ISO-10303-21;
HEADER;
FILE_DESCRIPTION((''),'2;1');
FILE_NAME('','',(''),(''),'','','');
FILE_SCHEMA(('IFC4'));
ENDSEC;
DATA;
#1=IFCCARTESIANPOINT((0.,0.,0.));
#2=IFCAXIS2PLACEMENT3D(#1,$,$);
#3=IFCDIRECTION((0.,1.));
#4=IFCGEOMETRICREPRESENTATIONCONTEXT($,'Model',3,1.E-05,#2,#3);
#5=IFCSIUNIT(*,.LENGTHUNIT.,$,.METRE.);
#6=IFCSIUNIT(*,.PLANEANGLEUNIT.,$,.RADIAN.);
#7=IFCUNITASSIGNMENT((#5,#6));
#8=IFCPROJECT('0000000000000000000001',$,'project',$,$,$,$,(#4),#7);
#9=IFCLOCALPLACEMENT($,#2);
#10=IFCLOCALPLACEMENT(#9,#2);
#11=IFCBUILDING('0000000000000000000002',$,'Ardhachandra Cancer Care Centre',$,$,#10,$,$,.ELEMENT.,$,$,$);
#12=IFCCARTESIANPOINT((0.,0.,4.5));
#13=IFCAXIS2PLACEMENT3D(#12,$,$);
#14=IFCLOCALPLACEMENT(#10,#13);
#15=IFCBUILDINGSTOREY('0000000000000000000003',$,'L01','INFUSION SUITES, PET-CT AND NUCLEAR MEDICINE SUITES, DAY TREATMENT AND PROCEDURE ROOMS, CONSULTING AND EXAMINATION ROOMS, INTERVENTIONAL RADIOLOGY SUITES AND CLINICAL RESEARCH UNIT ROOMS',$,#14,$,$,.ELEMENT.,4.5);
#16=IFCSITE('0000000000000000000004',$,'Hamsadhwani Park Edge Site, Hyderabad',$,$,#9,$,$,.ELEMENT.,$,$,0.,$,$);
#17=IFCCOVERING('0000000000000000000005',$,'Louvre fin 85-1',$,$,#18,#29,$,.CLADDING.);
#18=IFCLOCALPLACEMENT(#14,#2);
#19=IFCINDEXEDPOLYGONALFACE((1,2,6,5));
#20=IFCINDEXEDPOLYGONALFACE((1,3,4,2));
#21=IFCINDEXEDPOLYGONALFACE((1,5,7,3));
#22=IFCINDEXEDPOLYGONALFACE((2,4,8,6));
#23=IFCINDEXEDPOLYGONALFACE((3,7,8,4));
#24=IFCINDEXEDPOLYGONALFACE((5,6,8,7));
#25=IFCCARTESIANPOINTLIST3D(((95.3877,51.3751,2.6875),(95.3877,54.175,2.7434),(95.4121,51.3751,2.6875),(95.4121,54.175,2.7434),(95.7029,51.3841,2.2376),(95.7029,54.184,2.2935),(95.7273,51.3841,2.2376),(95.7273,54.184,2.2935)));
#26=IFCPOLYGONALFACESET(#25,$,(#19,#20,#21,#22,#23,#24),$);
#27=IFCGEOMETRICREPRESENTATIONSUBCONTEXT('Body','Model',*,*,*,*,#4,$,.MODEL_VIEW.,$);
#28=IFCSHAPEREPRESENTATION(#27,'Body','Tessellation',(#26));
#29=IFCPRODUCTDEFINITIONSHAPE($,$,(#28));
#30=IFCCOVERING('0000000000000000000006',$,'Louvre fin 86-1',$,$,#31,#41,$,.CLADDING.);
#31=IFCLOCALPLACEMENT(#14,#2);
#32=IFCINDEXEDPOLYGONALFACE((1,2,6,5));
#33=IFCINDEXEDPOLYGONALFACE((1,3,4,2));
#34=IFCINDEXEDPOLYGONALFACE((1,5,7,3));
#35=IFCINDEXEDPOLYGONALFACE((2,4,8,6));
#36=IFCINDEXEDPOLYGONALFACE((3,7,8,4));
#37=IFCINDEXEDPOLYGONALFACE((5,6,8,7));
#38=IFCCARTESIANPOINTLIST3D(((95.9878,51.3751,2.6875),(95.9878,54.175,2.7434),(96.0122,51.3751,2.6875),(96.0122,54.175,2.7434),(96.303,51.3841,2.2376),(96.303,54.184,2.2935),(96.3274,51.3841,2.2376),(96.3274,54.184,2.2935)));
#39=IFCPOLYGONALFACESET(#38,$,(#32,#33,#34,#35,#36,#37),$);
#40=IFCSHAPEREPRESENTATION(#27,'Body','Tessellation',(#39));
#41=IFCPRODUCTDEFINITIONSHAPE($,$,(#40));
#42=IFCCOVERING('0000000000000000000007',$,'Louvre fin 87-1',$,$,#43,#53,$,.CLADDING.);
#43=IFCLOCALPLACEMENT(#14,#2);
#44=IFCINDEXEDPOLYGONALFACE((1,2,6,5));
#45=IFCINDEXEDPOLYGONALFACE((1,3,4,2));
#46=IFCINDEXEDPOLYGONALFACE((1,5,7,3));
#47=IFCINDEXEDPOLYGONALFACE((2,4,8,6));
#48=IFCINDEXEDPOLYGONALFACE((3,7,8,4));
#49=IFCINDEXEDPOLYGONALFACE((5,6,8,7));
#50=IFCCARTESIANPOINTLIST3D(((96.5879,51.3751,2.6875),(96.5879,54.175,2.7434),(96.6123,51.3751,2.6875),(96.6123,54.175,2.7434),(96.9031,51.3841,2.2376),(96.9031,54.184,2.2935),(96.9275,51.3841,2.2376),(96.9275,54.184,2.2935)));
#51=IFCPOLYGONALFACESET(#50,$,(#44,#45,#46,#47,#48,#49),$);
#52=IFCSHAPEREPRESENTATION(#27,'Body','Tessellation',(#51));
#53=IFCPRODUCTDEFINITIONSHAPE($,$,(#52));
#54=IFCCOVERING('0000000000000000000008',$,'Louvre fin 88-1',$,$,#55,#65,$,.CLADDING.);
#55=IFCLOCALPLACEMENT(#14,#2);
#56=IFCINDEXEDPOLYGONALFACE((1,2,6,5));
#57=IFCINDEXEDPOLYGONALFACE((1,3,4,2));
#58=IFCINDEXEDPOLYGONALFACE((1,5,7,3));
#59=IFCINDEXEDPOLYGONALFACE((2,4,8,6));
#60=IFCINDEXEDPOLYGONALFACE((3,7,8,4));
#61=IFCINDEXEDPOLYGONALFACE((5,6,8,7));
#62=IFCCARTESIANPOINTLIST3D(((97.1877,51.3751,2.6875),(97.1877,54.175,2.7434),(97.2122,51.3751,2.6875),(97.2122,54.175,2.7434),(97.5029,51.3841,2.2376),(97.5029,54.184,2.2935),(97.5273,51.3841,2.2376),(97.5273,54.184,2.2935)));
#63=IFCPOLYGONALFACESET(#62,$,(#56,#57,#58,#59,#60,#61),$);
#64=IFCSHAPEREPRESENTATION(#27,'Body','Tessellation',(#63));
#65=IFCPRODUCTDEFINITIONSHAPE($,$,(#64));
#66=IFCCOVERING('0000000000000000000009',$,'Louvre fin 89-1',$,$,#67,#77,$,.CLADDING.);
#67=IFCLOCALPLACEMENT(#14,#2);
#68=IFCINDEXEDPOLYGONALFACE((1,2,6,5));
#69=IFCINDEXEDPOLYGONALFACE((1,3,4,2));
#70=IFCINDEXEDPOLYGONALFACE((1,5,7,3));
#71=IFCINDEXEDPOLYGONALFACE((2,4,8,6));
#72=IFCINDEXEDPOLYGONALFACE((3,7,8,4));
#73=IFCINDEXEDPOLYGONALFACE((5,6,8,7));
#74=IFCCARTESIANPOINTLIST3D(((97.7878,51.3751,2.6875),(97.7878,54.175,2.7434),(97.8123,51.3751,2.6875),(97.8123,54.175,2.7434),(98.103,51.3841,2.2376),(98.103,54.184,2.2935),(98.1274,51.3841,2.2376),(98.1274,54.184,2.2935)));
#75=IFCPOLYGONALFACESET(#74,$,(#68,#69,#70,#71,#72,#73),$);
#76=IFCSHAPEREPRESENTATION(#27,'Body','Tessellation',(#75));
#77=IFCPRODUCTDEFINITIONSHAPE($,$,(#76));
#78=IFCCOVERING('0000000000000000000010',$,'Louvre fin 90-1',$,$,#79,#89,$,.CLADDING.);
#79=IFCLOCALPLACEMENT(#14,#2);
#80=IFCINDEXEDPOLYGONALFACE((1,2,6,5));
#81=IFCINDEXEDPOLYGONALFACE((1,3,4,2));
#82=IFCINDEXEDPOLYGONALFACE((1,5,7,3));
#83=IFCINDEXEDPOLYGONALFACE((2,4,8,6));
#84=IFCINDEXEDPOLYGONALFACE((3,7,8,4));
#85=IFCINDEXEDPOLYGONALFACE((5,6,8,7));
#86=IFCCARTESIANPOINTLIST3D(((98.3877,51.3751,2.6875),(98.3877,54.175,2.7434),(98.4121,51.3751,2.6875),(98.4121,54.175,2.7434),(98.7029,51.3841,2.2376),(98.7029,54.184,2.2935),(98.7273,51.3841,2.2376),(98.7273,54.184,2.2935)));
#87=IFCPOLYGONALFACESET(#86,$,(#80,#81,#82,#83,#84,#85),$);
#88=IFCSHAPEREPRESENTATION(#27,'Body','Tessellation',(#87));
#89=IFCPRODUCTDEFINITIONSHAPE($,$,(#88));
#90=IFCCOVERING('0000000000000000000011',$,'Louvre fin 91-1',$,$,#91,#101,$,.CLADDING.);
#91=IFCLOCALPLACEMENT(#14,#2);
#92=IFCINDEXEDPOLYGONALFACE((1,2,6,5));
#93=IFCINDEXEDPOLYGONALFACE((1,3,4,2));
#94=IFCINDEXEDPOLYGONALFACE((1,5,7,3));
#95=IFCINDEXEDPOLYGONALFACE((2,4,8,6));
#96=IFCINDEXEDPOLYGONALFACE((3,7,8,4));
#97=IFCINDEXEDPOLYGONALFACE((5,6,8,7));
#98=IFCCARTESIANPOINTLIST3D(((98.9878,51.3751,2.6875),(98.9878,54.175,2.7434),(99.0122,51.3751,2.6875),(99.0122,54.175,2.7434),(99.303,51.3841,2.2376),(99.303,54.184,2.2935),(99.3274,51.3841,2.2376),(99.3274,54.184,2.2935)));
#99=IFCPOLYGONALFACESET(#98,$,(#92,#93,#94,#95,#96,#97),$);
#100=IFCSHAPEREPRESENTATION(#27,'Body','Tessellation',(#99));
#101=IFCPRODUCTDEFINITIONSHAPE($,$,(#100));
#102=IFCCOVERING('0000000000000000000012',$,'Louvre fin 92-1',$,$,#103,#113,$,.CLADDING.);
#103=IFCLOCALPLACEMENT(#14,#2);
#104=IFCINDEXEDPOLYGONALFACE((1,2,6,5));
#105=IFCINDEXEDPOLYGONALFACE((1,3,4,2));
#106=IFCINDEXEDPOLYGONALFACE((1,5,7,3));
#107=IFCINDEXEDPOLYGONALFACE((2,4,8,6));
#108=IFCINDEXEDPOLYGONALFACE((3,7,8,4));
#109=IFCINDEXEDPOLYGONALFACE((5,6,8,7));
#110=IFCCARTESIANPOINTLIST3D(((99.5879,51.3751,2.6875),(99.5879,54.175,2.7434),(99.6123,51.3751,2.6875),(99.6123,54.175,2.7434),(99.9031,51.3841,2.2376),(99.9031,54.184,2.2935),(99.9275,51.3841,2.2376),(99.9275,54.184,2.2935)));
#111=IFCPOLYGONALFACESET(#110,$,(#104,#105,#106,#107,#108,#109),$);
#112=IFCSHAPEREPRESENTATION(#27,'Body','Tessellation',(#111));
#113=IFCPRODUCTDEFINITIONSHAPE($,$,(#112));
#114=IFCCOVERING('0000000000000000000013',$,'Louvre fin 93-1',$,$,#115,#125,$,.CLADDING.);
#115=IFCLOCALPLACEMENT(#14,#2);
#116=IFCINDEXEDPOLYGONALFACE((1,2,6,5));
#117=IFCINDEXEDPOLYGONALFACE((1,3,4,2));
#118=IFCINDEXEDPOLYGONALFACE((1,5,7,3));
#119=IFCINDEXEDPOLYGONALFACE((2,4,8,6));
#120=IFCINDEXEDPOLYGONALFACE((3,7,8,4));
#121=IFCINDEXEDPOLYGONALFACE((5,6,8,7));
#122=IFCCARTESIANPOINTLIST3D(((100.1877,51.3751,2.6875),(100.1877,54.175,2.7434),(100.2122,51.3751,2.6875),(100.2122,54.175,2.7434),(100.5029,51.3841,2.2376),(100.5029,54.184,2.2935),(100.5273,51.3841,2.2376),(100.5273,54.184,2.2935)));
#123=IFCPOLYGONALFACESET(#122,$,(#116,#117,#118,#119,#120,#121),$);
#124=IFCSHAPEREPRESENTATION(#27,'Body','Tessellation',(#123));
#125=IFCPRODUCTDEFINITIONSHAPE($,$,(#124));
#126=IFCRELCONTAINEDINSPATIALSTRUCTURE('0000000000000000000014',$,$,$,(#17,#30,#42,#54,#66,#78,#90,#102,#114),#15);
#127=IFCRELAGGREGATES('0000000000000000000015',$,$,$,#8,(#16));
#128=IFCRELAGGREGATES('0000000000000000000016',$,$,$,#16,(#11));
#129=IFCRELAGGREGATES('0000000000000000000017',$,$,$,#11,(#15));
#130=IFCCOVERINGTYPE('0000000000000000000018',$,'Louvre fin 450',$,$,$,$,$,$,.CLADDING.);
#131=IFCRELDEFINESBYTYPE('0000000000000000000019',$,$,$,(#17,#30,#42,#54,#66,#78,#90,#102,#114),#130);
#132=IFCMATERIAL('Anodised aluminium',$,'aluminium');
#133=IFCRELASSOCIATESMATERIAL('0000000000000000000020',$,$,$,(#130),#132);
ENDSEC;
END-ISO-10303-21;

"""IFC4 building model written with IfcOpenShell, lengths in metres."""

from ifc_helpers import new_model, si_unit, direction, frame, origin, place, context, subcontext, project, spatial, polyline, outline, extrude, material, material_profile, profile_set, type_object, element, save


model = new_model("IFC4")

# Units and contexts
model_context = context("Model", 3, precision=1e-05, world=origin(), true_north=direction((0.0, 1.0)))
body_context = subcontext(model_context, "Body", "Model", "MODEL_VIEW")
ifc_project = project(units=[si_unit("LENGTHUNIT", "METRE"), si_unit("PLANEANGLEUNIT", "RADIAN")], contexts=[model_context])

# Site, building, storey
site_placement = place(None, origin())
site = spatial("IfcSite", under=ifc_project, at=site_placement, Name="Hamsadhwani Park Edge Site, Hyderabad", CompositionType="ELEMENT", RefElevation=0.0)
building_placement = place(site_placement, origin())
building = spatial("IfcBuilding", under=site, at=building_placement, Name="Ardhachandra Cancer Care Centre", CompositionType="ELEMENT")
storey_placement = place(building_placement, frame((0.0, 0.0, 4.5)))
storey = spatial("IfcBuildingStorey", under=building, at=storey_placement, Name="L01", Description="INFUSION SUITES, PET-CT AND NUCLEAR MEDICINE SUITES, DAY TREATMENT AND PROCEDURE ROOMS, CONSULTING AND EXAMINATION ROOMS, INTERVENTIONAL RADIOLOGY SUITES AND CLINICAL RESEARCH UNIT ROOMS", CompositionType="ELEMENT", Elevation=4.5)

# Coverings
ifc_material_1 = material(Name="Anodised aluminium", Category="aluminium")
ifc_material_profile_1 = material_profile(ifc_material_1, outline(polyline([(-0.0122, 0.0), (0.0122, 0.0), (0.3274, -0.45), (0.303, -0.45), (-0.0122, 0.0)])), Name="Louvre fin 450")
ifc_profile_set_1 = profile_set([ifc_material_profile_1], Name="Anodised aluminium")
covering_type = type_object("IfcCoveringType", Name="Louvre fin 450", PredefinedType="CLADDING", material=ifc_profile_set_1)
for number, where, z_axis, x_axis, name in (
    (1, (95.3999, 54.175, 2.7434), (0.0, -0.999801, -0.019963), (1.0, 0.0, 0.0), "Louvre fin 85-1"),
    (2, (96.0, 54.175, 2.7434), (0.0, -0.999801, -0.019963), (1.0, 0.0, 0.0), "Louvre fin 86-1"),
    (3, (96.6001, 54.175, 2.7434), (0.0, -0.999801, -0.019963), (1.0, 0.0, 0.0), "Louvre fin 87-1"),
    (4, (97.2, 54.175, 2.7434), (0.0, -0.999801, -0.019963), (1.0, 0.0, 0.0), "Louvre fin 88-1"),
    (5, (97.8, 54.175, 2.7434), (0.0, -0.999801, -0.019963), (1.0, 0.0, 0.0), "Louvre fin 89-1"),
    (6, (98.3999, 54.175, 2.7434), (0.0, -0.999801, -0.019963), (1.0, 0.0, 0.0), "Louvre fin 90-1"),
    (7, (99.0, 54.175, 2.7434), (0.0, -0.999801, -0.019963), (1.0, 0.0, 0.0), "Louvre fin 91-1"),
    (8, (99.6001, 54.175, 2.7434), (0.0, -0.999801, -0.019963), (1.0, 0.0, 0.0), "Louvre fin 92-1"),
    (9, (100.2, 54.175, 2.7434), (0.0, -0.999801, -0.019963), (1.0, 0.0, 0.0), "Louvre fin 93-1"),
):
    element("IfcCovering", number, at=place(storey_placement, frame(where, z_axis=z_axis, x_axis=x_axis)), inside=storey, type_object=covering_type, Name=name, PredefinedType="CLADDING", context=body_context, shape_type="SweptSolid", body=[
        extrude(outline(polyline([(-0.0122, 0.0), (0.0122, 0.0), (0.3274, -0.45), (0.303, -0.45), (-0.0122, 0.0)])), origin(), (0.0, 0.0, 1.0), 2.8005),
    ])

save(model, "model.ifc")
